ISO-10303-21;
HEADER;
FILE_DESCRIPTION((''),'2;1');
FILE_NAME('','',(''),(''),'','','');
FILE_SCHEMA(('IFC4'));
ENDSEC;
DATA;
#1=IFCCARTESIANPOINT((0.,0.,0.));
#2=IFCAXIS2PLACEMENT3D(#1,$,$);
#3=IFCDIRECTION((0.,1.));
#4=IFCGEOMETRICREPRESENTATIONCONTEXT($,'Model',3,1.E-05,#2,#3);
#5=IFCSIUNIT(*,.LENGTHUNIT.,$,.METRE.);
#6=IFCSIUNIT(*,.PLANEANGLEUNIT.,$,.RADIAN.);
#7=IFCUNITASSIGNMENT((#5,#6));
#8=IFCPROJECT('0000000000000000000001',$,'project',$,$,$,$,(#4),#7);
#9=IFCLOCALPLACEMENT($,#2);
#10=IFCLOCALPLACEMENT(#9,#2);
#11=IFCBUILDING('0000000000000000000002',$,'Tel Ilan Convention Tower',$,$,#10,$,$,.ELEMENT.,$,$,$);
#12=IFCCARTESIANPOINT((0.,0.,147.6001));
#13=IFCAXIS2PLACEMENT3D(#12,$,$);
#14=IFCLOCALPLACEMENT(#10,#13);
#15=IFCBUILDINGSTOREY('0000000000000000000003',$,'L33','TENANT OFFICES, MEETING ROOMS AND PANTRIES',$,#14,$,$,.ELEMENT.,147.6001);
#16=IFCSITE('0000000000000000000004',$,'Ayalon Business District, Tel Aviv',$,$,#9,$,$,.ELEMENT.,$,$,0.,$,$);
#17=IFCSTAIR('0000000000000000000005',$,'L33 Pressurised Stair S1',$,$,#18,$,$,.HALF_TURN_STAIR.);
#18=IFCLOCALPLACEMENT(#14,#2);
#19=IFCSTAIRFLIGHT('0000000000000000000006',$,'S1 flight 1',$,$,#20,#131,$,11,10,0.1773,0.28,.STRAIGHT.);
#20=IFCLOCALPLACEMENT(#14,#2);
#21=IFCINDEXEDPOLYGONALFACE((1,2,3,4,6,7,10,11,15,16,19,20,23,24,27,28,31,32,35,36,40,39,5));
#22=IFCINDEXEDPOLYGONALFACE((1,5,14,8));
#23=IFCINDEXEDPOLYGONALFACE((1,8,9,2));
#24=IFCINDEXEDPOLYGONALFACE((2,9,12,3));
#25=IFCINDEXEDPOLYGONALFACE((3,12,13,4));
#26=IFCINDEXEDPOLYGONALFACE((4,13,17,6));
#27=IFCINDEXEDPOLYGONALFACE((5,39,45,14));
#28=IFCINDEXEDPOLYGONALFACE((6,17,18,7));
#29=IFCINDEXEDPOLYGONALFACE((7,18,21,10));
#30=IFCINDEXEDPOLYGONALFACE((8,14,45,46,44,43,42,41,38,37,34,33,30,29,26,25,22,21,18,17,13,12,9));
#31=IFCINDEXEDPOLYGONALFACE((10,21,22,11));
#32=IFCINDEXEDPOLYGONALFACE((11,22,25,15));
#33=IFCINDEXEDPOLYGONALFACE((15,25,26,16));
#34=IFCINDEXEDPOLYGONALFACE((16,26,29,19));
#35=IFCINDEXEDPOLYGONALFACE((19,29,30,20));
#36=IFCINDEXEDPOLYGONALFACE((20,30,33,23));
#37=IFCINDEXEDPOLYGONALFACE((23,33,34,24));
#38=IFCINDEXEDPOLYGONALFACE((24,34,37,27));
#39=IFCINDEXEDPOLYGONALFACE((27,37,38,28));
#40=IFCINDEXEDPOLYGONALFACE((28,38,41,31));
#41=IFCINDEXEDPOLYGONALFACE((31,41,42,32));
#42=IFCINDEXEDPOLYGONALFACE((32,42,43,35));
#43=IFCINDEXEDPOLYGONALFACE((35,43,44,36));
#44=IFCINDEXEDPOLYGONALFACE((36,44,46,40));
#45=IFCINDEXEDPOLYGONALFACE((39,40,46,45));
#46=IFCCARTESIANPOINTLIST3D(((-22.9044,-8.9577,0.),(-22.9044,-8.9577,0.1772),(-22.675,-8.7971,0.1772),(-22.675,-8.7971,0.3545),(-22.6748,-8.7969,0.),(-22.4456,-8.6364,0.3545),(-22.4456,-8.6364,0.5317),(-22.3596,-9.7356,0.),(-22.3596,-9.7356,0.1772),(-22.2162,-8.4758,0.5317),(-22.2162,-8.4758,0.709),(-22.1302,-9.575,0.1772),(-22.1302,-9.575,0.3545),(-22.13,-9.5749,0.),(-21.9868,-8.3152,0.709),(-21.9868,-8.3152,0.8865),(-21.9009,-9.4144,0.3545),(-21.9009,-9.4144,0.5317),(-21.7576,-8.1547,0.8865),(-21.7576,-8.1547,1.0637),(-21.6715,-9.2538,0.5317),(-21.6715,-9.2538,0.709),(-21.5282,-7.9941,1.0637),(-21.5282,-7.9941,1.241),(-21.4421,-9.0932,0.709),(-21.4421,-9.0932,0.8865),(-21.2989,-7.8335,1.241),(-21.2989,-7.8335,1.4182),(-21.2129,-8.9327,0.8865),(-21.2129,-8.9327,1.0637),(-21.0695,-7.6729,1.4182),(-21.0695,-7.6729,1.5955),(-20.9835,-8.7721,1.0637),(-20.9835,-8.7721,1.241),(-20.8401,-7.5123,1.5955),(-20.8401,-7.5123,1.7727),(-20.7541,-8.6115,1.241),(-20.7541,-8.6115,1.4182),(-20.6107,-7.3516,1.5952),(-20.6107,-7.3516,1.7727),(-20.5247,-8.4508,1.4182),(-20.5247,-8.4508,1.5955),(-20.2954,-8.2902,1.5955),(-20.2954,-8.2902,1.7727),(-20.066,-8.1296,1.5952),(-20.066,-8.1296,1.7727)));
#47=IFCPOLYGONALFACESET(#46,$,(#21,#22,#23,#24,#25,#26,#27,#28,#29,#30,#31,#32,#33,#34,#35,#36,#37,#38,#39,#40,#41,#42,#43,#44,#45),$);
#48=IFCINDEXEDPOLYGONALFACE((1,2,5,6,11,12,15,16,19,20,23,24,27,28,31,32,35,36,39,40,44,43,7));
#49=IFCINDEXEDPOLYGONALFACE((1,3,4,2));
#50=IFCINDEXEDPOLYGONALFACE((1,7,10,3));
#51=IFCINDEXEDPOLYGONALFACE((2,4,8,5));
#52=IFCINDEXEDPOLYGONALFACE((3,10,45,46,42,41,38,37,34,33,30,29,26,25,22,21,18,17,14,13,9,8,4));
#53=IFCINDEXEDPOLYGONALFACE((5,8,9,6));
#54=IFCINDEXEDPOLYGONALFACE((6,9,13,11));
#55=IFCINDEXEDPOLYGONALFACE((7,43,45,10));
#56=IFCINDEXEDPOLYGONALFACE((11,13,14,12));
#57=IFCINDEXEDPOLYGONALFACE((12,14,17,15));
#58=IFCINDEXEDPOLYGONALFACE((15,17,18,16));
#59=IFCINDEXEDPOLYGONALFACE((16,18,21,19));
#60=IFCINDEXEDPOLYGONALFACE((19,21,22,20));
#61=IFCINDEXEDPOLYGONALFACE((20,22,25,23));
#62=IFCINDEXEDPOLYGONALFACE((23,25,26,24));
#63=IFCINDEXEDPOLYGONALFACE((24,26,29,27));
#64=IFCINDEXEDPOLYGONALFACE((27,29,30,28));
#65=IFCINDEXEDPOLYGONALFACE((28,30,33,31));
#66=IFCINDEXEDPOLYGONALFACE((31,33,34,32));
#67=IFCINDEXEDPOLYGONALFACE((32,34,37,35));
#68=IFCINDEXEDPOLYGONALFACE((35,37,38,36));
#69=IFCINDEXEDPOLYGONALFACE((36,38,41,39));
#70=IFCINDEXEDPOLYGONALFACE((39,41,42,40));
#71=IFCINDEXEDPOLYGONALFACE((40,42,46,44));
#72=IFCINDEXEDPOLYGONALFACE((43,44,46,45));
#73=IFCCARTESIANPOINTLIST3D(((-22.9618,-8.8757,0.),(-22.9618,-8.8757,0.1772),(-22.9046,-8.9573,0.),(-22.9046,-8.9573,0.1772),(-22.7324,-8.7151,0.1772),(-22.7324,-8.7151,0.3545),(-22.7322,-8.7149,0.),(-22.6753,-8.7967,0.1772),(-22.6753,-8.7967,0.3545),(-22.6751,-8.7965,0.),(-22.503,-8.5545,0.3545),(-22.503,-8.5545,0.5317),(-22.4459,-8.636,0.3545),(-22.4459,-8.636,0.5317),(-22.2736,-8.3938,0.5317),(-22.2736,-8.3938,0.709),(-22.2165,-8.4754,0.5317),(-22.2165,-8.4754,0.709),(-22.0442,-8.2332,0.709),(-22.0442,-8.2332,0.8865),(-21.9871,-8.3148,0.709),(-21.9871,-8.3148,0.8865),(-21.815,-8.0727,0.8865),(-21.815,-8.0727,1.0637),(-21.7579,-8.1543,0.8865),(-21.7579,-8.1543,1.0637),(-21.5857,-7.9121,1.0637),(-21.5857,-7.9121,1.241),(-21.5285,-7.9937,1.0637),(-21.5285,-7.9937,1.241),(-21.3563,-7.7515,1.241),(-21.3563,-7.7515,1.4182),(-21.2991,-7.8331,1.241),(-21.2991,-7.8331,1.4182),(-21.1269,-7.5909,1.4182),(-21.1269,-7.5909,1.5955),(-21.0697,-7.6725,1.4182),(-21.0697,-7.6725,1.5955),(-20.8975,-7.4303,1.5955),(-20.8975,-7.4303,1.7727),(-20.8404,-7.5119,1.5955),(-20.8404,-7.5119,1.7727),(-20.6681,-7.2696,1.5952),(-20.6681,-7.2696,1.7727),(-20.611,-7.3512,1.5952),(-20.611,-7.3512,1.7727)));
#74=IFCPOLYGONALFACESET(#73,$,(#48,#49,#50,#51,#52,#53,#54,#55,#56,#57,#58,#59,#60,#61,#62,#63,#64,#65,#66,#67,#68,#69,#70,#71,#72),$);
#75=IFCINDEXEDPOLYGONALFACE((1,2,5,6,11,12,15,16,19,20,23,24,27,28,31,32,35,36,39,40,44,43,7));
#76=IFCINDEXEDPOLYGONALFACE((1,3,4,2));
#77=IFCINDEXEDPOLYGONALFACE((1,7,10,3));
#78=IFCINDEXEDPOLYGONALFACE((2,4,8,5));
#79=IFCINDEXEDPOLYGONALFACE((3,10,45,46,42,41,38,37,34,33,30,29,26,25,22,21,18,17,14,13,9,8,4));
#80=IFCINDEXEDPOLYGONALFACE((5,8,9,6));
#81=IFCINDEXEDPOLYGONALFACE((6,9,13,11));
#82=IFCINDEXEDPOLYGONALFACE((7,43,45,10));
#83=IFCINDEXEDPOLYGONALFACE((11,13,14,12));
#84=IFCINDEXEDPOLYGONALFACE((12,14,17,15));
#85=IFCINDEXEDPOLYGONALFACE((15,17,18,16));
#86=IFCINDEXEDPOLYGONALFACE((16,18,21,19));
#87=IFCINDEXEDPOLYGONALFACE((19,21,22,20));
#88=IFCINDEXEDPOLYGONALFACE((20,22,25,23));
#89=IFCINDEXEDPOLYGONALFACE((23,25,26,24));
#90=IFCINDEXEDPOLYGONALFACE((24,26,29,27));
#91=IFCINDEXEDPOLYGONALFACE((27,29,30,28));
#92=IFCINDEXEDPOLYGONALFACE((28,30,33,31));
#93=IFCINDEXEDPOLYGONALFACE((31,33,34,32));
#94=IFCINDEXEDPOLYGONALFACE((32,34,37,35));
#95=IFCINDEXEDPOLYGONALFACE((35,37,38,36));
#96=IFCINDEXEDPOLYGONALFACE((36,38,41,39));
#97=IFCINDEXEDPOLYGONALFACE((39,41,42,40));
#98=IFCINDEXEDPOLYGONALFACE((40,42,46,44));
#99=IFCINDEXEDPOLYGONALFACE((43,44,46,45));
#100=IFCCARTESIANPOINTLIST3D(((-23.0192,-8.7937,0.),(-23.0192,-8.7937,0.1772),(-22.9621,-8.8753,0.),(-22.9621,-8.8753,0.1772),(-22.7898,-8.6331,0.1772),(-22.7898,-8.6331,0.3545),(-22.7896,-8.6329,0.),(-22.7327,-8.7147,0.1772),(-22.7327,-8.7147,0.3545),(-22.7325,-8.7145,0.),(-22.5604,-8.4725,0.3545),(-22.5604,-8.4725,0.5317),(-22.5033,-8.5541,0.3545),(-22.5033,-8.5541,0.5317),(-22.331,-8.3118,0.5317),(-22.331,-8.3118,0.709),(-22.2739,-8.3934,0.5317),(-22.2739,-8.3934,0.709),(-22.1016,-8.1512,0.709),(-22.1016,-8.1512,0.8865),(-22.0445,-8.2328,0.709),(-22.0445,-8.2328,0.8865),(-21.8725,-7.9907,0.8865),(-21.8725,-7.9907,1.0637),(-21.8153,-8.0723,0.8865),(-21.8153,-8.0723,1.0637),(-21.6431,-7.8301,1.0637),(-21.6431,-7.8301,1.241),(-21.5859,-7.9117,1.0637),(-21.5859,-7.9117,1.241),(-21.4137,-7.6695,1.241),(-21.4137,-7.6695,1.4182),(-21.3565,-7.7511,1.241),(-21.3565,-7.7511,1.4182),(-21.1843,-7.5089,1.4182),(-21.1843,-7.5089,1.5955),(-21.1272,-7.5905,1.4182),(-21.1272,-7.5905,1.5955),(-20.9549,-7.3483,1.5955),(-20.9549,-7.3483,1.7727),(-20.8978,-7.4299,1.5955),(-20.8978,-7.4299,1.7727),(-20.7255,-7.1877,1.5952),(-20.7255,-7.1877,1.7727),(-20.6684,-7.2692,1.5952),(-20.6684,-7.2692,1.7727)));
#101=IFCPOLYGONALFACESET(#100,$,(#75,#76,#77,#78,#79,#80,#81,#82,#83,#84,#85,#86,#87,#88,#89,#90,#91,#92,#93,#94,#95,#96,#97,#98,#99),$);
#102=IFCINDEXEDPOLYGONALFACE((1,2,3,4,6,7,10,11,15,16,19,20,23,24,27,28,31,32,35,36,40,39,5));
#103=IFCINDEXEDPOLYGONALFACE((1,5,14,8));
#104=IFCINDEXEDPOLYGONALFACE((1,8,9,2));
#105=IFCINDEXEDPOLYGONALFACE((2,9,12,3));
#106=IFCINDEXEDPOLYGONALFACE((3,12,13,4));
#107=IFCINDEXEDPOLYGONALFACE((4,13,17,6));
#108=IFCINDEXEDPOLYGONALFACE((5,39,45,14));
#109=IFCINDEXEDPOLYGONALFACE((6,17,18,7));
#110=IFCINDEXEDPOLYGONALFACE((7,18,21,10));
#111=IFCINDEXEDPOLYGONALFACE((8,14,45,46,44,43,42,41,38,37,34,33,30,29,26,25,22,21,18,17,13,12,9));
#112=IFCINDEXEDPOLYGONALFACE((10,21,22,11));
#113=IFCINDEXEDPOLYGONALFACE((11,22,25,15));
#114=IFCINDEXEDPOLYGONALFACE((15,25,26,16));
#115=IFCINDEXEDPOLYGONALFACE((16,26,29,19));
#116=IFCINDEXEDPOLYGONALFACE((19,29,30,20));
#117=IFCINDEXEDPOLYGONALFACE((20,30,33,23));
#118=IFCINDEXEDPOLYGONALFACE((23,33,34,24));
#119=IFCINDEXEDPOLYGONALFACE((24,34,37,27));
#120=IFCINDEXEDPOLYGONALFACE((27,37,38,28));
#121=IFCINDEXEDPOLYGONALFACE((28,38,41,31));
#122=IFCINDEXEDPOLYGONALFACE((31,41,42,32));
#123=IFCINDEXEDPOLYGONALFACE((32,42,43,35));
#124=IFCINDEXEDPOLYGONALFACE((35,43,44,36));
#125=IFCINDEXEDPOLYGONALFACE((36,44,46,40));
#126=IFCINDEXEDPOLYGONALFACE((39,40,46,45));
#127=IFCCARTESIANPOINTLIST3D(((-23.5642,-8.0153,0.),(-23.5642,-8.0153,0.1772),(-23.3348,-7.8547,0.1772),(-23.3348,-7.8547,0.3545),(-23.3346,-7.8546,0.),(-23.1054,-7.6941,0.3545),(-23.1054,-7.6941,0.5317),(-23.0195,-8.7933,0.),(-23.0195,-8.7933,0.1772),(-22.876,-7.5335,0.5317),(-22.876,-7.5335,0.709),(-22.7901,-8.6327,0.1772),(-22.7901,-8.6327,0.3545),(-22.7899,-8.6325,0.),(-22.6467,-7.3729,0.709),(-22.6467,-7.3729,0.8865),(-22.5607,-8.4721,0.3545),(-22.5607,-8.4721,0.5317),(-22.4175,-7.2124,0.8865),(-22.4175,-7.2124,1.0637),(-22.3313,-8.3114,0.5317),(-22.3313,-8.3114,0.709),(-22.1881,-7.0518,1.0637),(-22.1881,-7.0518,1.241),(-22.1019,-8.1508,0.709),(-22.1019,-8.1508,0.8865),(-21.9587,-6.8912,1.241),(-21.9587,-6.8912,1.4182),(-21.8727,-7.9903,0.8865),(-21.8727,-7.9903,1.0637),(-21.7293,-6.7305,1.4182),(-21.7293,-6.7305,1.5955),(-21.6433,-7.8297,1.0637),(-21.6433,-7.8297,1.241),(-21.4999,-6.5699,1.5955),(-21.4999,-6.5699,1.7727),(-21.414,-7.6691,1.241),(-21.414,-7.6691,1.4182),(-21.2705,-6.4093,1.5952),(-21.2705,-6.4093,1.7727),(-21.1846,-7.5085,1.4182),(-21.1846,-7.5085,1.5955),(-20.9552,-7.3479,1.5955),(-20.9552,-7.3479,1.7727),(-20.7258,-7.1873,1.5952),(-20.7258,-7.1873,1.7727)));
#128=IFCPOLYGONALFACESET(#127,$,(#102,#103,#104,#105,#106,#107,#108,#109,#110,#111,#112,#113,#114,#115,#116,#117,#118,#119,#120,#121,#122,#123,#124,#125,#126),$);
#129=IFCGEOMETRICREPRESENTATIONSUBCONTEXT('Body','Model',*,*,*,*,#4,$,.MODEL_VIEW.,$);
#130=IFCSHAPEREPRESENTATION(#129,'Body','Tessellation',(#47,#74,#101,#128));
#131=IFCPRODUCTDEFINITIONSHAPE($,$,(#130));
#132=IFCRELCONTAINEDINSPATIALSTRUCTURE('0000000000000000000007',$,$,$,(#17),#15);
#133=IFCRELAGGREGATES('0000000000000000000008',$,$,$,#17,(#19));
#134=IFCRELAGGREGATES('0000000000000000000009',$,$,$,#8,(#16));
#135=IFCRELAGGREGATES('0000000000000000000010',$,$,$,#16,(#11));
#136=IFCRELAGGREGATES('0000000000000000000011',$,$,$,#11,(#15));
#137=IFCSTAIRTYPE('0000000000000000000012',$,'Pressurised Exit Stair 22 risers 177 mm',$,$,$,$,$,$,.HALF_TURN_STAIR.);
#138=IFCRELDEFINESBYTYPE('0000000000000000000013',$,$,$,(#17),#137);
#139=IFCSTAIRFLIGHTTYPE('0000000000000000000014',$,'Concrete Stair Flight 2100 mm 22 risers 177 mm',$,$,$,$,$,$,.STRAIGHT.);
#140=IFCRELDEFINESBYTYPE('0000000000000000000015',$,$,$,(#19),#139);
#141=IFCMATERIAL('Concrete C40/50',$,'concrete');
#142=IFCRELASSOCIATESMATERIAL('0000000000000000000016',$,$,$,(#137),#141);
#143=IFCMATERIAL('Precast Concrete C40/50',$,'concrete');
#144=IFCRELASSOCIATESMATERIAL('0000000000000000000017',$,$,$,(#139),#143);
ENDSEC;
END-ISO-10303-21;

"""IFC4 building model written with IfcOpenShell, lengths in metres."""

from ifc_helpers import new_model, si_unit, direction, frame, origin, place, context, subcontext, project, spatial, polyline, outline, extrude, material, type_object, element, aggregate, save


model = new_model("IFC4")

# Units and contexts
model_context = context("Model", 3, precision=1e-05, world=origin(), true_north=direction((0.0, 1.0)))
body_context = subcontext(model_context, "Body", "Model", "MODEL_VIEW")
ifc_project = project(units=[si_unit("LENGTHUNIT", "METRE"), si_unit("PLANEANGLEUNIT", "RADIAN")], contexts=[model_context])

# Site, building, storey
site_placement = place(None, origin())
site = spatial("IfcSite", under=ifc_project, at=site_placement, Name="Ayalon Business District, Tel Aviv", CompositionType="ELEMENT", RefElevation=0.0)
building_placement = place(site_placement, origin())
building = spatial("IfcBuilding", under=site, at=building_placement, Name="Tel Ilan Convention Tower", CompositionType="ELEMENT")
storey_placement = place(building_placement, frame((0.0, 0.0, 147.6001)))
storey = spatial("IfcBuildingStorey", under=building, at=storey_placement, Name="L33", Description="TENANT OFFICES, MEETING ROOMS AND PANTRIES", CompositionType="ELEMENT", Elevation=147.6001)

# Stair, stair flight
ifc_material_1 = material(Name="Concrete C40/50", Category="concrete")
stair_type = type_object("IfcStairType", Name="Pressurised Exit Stair 22 risers 177 mm", PredefinedType="HALF_TURN_STAIR", material=ifc_material_1)
stair_1_placement = place(storey_placement, origin())
stair_1 = element("IfcStair", 1, at=stair_1_placement, inside=storey, type_object=stair_type, Name="L33 Pressurised Stair S1", PredefinedType="HALF_TURN_STAIR")
ifc_material_2 = material(Name="Precast Concrete C40/50", Category="concrete")
stair_flight_type = type_object("IfcStairFlightType", Name="Concrete Stair Flight 2100 mm 22 risers 177 mm", PredefinedType="STRAIGHT", material=ifc_material_2)
stair_flight_1_placement = place(storey_placement, frame((-22.9619, -8.8755, 0.0), z_axis=(0.0, 0.0, 1.0), x_axis=(0.819152, 0.573576, 0.0)))
stair_flight_1 = element("IfcStairFlight", 2, at=stair_flight_1_placement, type_object=stair_flight_type, Name="S1 flight 1", NumberOfRisers=11, NumberOfTreads=10, PredefinedType="STRAIGHT", RiserHeight=0.1773, TreadLength=0.28, context=body_context, shape_type="SweptSolid", body=[
    extrude(outline(polyline([(0.0, 0.0), (0.0, 0.1772), (0.28, 0.1772), (0.28, 0.3545), (0.5601, 0.3545), (0.5601, 0.5317), (0.8401, 0.5317), (0.8401, 0.709), (1.1201, 0.709), (1.1201, 0.8865), (1.3999, 0.8865), (1.3999, 1.0637), (1.6799, 1.0637), (1.6799, 1.241), (1.96, 1.241), (1.96, 1.4182), (2.24, 1.4182), (2.24, 1.5955), (2.52, 1.5955), (2.52, 1.7727), (2.8, 1.7727), (2.8, 1.95), (2.8, 1.5952), (0.2803, 0.0), (0.0, 0.0)])), frame((0.0, -0.1003, 0.0), z_axis=(0.0, -1.0, 0.0), x_axis=(1.0, 0.0, 0.0)), (0.0, 0.0, 1.0), 0.9497),
    extrude(outline(polyline([(0.0, 0.0), (0.0, 0.1772), (0.28, 0.1772), (0.28, 0.3545), (0.5601, 0.3545), (0.5601, 0.5317), (0.8401, 0.5317), (0.8401, 0.709), (1.1201, 0.709), (1.1201, 0.8865), (1.3999, 0.8865), (1.3999, 1.0637), (1.6799, 1.0637), (1.6799, 1.241), (1.96, 1.241), (1.96, 1.4182), (2.24, 1.4182), (2.24, 1.5955), (2.52, 1.5955), (2.52, 1.7727), (2.8, 1.7727), (2.8, 1.95), (2.8, 1.5952), (0.2803, 0.0), (0.0, 0.0)])), frame((0.0, -0.0002, 0.0), z_axis=(0.0, -1.0, 0.0), x_axis=(1.0, 0.0, 0.0)), (0.0, 0.0, 1.0), 0.0996),
    extrude(outline(polyline([(0.0, 0.0), (0.0, 0.1772), (0.28, 0.1772), (0.28, 0.3545), (0.5601, 0.3545), (0.5601, 0.5317), (0.8401, 0.5317), (0.8401, 0.709), (1.1201, 0.709), (1.1201, 0.8865), (1.3999, 0.8865), (1.3999, 1.0637), (1.6799, 1.0637), (1.6799, 1.241), (1.96, 1.241), (1.96, 1.4182), (2.24, 1.4182), (2.24, 1.5955), (2.52, 1.5955), (2.52, 1.7727), (2.8, 1.7727), (2.8, 1.95), (2.8, 1.5952), (0.2803, 0.0), (0.0, 0.0)])), frame((0.0, 0.0999, 0.0), z_axis=(0.0, -1.0, 0.0), x_axis=(1.0, 0.0, 0.0)), (0.0, 0.0, 1.0), 0.0996),
    extrude(outline(polyline([(0.0, 0.0), (0.0, 0.1772), (0.28, 0.1772), (0.28, 0.3545), (0.5601, 0.3545), (0.5601, 0.5317), (0.8401, 0.5317), (0.8401, 0.709), (1.1201, 0.709), (1.1201, 0.8865), (1.3999, 0.8865), (1.3999, 1.0637), (1.6799, 1.0637), (1.6799, 1.241), (1.96, 1.241), (1.96, 1.4182), (2.24, 1.4182), (2.24, 1.5955), (2.52, 1.5955), (2.52, 1.7727), (2.8, 1.7727), (2.8, 1.95), (2.8, 1.5952), (0.2803, 0.0), (0.0, 0.0)])), frame((0.0, 1.05, 0.0), z_axis=(0.0, -1.0, 0.0), x_axis=(1.0, 0.0, 0.0)), (0.0, 0.0, 1.0), 0.9497),
])
aggregate(stair_1, [stair_flight_1])

save(model, "model.ifc")
